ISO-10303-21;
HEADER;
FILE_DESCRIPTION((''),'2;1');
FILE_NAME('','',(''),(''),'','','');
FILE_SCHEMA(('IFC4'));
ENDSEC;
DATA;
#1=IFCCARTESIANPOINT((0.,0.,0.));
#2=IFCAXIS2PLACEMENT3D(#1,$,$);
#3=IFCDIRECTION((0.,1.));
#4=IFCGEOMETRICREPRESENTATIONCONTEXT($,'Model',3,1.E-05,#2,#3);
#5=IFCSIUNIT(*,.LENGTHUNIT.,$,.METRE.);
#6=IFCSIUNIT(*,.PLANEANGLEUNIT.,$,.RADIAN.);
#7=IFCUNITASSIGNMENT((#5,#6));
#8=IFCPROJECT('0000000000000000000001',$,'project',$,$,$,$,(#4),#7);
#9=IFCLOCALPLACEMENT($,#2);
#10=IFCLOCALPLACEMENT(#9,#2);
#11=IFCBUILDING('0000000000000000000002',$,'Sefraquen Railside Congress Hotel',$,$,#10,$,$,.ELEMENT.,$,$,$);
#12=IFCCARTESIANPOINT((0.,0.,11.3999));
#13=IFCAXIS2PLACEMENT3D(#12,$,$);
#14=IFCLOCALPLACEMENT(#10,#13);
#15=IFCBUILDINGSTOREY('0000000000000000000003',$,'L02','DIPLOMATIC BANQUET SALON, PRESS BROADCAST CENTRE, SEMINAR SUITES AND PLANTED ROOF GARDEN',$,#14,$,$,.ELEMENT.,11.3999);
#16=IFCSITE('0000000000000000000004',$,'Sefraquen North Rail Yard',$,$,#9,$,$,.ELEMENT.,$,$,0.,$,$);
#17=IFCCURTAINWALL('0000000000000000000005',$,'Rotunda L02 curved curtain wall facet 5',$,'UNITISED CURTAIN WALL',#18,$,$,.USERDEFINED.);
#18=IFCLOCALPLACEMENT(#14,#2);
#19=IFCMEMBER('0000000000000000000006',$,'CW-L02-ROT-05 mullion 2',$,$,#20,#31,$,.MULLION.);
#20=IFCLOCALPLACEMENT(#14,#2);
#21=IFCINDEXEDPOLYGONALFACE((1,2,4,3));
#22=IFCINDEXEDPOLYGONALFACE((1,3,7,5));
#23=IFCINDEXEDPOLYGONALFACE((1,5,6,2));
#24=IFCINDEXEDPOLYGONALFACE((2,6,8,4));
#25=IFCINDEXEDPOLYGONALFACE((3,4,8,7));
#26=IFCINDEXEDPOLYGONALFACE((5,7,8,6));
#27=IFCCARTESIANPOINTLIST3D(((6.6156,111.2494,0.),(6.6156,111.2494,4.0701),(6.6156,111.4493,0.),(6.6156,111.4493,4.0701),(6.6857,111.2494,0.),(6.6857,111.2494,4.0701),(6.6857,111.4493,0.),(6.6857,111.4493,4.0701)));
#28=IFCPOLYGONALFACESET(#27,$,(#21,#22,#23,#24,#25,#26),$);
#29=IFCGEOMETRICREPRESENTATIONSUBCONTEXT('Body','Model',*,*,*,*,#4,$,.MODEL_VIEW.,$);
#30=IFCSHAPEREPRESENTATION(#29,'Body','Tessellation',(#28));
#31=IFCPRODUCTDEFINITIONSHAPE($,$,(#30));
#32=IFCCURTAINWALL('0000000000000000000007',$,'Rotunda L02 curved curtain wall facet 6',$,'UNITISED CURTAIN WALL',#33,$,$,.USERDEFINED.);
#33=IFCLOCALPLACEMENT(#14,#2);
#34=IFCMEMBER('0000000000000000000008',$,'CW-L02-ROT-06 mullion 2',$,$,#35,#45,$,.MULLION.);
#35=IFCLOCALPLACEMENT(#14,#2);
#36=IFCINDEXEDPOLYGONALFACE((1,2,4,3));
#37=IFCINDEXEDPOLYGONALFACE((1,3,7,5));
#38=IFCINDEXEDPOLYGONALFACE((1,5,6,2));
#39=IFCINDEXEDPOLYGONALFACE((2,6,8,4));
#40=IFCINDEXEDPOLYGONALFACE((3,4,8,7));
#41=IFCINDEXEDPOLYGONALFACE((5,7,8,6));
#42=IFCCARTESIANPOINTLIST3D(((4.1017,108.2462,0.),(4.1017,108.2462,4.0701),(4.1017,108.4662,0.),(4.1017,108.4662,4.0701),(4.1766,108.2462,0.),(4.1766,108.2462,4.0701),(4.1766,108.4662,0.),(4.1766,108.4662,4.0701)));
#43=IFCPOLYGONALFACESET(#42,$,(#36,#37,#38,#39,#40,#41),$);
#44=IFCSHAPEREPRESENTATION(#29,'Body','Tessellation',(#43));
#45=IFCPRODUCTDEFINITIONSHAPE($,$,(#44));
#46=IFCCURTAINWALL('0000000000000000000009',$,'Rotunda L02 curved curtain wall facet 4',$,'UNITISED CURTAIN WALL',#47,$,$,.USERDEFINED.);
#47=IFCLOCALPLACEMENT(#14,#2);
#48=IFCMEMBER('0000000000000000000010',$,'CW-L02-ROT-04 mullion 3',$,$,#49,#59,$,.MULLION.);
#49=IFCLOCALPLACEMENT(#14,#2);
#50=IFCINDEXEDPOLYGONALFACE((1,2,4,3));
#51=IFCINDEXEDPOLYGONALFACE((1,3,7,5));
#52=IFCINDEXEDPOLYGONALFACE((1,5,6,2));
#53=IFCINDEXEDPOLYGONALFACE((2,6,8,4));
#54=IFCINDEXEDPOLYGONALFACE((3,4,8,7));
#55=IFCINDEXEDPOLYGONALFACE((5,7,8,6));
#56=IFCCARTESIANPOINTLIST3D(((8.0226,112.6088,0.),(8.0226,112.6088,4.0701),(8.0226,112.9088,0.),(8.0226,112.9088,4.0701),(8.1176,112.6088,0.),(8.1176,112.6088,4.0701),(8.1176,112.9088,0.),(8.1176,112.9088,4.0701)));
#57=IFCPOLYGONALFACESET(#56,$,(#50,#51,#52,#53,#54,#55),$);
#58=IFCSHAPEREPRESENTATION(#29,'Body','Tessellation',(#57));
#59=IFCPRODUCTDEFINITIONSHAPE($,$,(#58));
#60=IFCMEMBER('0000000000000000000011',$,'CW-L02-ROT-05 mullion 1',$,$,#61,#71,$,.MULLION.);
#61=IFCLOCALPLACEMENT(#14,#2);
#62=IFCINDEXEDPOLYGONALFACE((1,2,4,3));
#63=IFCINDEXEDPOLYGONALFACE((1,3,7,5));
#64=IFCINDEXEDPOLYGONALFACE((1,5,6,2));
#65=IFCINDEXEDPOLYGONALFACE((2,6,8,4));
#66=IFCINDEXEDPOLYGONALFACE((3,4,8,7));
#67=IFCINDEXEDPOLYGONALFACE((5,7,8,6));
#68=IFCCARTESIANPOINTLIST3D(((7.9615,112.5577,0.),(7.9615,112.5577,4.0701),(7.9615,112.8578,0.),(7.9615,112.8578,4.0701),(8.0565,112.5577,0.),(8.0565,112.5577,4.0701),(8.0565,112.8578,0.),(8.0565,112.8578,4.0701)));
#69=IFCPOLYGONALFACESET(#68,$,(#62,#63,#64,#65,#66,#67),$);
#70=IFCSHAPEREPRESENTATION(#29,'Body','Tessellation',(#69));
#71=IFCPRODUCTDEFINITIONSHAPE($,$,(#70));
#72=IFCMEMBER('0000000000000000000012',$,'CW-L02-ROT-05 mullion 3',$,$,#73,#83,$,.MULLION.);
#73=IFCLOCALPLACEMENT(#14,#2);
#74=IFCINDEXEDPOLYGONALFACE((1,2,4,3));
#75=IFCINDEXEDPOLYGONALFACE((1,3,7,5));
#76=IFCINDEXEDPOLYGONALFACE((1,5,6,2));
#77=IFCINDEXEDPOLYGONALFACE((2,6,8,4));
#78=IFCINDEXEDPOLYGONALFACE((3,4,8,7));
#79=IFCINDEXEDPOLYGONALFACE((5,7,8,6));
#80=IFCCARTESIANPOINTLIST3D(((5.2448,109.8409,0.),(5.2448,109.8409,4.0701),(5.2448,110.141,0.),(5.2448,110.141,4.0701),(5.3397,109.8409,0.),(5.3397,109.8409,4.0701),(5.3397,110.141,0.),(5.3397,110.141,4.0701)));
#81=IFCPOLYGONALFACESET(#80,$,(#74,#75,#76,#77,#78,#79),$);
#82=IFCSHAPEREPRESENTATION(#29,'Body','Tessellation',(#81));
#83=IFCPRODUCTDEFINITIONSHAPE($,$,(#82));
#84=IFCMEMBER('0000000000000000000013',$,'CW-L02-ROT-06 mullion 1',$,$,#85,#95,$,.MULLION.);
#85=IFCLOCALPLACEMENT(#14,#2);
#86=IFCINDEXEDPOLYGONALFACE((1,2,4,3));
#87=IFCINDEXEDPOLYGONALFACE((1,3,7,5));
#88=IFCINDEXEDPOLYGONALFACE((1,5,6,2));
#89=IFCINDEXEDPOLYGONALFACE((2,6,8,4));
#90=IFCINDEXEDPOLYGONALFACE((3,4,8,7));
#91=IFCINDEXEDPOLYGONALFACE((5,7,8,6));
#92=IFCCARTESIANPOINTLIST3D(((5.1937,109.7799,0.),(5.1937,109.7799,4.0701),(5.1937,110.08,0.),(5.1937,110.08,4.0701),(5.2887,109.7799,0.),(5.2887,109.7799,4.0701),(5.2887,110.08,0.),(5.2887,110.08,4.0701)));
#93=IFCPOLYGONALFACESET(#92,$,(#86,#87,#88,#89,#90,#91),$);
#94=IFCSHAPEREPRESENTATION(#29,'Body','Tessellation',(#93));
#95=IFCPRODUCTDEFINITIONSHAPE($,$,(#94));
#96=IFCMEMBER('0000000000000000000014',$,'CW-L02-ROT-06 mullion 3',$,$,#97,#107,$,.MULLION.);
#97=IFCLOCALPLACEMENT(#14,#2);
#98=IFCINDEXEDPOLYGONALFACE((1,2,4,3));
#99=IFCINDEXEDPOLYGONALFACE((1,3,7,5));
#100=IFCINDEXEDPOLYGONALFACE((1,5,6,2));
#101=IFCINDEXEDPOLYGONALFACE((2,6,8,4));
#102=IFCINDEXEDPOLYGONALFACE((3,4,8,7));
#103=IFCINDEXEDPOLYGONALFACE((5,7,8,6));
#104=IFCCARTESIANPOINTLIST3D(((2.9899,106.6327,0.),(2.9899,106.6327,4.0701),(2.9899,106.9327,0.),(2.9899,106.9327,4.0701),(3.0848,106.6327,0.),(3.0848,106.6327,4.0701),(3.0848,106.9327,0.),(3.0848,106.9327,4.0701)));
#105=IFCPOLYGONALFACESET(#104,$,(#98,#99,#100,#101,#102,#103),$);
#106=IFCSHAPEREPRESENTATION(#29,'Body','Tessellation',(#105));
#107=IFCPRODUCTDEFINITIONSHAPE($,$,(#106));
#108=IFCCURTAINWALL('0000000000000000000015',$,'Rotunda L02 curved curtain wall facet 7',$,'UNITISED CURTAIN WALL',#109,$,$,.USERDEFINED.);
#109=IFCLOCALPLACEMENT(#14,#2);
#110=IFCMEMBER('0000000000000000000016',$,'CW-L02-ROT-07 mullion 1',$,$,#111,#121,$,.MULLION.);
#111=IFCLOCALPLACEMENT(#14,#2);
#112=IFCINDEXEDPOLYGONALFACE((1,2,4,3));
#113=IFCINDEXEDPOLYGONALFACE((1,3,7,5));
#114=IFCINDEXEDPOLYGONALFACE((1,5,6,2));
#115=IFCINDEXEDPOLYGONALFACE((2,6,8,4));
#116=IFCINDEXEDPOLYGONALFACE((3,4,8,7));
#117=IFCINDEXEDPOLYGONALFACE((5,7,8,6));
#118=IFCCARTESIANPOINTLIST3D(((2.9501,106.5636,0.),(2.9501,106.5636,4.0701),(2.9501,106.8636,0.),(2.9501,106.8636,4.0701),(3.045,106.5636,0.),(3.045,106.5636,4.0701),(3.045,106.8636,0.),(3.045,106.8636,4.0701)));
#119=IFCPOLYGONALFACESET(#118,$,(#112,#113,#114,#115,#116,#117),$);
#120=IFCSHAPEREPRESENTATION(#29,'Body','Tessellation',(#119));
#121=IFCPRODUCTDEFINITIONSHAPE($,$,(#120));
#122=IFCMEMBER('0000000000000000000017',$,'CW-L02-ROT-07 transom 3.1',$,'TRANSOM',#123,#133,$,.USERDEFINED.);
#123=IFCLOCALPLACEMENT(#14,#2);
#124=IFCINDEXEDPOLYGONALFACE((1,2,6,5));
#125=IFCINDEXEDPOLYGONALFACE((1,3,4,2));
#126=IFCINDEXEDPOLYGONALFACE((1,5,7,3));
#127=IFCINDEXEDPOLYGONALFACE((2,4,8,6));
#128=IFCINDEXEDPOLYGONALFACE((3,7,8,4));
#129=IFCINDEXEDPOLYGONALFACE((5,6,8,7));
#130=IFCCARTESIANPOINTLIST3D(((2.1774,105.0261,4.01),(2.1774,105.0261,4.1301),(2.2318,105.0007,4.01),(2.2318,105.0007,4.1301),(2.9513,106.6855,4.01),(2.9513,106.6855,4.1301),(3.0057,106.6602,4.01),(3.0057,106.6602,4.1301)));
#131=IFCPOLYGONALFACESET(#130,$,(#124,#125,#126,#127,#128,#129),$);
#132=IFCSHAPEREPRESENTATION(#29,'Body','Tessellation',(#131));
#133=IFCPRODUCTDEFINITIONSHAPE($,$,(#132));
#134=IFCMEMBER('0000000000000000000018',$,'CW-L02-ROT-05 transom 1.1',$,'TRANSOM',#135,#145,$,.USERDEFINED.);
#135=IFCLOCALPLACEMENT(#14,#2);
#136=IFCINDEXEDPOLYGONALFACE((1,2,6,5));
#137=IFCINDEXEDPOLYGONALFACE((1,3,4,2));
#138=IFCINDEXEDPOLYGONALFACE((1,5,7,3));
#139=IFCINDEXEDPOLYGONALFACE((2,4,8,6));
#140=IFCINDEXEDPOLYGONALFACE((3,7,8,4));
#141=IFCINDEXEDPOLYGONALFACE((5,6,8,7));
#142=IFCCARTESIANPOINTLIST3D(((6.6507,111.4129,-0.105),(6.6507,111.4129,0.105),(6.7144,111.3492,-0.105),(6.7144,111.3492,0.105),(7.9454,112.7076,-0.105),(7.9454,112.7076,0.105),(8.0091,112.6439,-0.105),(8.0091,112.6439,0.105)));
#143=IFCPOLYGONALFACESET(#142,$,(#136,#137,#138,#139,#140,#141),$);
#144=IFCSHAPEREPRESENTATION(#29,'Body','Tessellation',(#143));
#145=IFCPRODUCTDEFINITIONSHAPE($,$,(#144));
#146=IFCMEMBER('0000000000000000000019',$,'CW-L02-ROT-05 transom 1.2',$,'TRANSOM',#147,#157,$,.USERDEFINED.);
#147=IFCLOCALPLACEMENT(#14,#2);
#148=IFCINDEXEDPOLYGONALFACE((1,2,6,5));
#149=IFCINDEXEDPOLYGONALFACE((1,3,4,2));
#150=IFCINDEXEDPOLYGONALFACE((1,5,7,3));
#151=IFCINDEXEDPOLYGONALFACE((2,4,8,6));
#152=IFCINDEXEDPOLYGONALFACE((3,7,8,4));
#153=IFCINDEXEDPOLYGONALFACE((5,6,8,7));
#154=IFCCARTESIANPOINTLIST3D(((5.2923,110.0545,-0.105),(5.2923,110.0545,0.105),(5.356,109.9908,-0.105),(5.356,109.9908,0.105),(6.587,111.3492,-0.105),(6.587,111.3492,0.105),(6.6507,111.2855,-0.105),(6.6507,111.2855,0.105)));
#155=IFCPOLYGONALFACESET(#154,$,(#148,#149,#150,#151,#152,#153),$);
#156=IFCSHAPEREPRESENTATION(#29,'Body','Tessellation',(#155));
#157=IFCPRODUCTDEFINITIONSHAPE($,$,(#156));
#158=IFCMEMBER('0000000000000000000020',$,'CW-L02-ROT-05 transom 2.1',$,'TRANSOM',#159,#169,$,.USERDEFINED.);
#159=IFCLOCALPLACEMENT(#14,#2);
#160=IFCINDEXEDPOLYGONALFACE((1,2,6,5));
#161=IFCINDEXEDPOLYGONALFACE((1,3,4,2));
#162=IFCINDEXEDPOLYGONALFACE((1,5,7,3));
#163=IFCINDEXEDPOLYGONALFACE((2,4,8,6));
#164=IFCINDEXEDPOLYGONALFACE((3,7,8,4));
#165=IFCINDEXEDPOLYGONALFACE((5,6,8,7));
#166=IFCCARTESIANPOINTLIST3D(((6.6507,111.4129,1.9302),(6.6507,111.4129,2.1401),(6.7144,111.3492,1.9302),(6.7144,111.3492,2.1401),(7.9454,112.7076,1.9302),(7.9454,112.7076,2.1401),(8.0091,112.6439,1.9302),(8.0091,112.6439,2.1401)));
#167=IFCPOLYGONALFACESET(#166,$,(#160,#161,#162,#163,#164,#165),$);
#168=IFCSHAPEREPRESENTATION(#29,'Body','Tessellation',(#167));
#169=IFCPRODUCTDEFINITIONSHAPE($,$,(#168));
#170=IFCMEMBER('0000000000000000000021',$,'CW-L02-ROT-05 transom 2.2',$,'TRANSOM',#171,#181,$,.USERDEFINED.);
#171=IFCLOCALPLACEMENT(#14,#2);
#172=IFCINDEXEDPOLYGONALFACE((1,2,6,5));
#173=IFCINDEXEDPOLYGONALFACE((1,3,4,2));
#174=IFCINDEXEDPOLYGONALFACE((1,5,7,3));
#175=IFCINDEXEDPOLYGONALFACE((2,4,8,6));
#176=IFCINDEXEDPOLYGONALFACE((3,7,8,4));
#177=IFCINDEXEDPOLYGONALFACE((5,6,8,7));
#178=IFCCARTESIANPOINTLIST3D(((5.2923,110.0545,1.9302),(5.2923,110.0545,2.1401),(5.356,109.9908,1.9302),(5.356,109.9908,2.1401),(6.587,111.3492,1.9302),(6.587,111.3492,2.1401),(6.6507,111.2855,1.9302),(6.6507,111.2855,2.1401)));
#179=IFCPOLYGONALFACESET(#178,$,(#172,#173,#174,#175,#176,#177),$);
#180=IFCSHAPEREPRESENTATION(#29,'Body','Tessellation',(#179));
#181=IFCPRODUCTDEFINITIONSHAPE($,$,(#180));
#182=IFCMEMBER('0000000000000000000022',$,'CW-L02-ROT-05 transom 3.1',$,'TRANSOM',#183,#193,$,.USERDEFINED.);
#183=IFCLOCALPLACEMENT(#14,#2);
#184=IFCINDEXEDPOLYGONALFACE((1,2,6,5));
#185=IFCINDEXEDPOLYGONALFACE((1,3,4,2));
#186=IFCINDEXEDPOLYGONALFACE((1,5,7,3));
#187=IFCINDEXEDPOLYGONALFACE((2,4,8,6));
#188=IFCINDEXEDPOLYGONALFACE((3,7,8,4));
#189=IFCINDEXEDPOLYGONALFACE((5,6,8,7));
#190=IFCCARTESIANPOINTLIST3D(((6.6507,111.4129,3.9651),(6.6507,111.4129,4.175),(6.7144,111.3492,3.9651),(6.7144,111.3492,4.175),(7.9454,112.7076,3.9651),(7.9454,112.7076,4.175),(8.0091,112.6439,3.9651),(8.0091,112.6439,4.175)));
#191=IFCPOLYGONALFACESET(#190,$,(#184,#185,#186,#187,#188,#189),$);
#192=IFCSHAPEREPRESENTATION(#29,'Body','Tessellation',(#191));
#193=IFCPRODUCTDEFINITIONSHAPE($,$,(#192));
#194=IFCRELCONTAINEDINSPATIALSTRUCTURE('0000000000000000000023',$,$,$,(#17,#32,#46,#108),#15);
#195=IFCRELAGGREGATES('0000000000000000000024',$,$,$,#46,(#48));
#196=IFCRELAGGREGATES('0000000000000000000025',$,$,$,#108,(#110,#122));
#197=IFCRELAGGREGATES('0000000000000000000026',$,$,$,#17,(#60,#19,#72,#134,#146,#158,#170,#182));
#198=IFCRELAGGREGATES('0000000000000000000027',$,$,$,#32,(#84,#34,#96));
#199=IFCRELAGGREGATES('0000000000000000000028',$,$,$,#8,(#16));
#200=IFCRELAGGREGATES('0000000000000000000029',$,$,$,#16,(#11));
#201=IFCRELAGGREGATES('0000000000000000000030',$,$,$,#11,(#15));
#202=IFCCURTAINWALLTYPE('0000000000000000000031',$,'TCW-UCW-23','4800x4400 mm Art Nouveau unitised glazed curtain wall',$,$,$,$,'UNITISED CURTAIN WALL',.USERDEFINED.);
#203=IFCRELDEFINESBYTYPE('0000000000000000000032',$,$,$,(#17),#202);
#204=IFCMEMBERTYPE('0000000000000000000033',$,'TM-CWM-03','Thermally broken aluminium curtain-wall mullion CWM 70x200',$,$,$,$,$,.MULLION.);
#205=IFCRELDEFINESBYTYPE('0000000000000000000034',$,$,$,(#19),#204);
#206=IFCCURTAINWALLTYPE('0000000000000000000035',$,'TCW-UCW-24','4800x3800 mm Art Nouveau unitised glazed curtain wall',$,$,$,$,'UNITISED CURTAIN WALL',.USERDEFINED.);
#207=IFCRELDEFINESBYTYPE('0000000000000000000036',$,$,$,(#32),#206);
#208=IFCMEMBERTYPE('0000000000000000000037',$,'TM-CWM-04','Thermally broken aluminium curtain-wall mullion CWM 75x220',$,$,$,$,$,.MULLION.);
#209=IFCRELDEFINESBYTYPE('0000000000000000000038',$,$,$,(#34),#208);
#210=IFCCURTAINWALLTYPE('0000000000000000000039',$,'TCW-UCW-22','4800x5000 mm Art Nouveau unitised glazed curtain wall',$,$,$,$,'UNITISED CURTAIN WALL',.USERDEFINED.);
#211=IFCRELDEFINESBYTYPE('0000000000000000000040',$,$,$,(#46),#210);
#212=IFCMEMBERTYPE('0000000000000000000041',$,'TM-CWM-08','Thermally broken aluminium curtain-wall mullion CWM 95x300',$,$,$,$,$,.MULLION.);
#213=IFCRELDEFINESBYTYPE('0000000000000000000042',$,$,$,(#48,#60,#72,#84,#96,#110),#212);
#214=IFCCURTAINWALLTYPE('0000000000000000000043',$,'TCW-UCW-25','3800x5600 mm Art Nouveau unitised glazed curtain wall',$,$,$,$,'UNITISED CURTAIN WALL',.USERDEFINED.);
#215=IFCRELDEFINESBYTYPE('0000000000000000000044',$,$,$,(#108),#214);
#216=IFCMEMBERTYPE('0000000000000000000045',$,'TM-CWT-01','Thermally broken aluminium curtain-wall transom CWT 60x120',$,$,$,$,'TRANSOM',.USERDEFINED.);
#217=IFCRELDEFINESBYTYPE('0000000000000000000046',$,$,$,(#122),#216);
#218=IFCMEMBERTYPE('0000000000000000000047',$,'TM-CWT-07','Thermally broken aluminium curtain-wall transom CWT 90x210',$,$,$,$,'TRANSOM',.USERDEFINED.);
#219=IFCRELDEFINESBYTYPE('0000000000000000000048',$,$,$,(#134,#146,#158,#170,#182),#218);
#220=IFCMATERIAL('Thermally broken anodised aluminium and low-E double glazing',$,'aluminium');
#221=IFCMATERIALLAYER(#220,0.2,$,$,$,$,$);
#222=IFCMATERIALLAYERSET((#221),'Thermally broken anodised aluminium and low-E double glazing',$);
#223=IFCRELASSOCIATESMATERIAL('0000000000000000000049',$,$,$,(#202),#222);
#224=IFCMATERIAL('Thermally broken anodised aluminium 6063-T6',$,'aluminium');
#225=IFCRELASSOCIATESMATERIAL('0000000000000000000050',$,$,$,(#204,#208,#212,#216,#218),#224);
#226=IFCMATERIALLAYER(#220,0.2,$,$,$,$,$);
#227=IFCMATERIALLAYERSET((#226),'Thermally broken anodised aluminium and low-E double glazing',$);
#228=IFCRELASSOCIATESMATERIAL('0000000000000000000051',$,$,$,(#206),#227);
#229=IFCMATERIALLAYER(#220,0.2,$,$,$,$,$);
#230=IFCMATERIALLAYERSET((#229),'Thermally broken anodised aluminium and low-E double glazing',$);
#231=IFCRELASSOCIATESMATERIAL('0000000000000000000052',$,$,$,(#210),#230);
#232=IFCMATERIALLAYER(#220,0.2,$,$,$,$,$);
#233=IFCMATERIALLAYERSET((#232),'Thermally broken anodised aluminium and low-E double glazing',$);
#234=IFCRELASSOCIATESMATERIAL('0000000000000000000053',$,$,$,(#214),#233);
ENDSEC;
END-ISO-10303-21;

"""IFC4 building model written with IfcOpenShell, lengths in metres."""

from ifc_helpers import new_model, si_unit, direction, frame, origin, origin_2d, place, context, subcontext, project, spatial, rectangle, extrude, material, layer, layer_set, material_profile, profile_set, type_object, element, aggregate, save


model = new_model("IFC4")

# Units and contexts
model_context = context("Model", 3, precision=1e-05, world=origin(), true_north=direction((0.0, 1.0)))
body_context = subcontext(model_context, "Body", "Model", "MODEL_VIEW")
ifc_project = project(units=[si_unit("LENGTHUNIT", "METRE"), si_unit("PLANEANGLEUNIT", "RADIAN")], contexts=[model_context])

# Site, building, storey
site_placement = place(None, origin())
site = spatial("IfcSite", under=ifc_project, at=site_placement, Name="Sefraquen North Rail Yard", CompositionType="ELEMENT", RefElevation=0.0)
building_placement = place(site_placement, origin())
building = spatial("IfcBuilding", under=site, at=building_placement, Name="Sefraquen Railside Congress Hotel", CompositionType="ELEMENT")
storey_placement = place(building_placement, frame((0.0, 0.0, 11.3999)))
storey = spatial("IfcBuildingStorey", under=building, at=storey_placement, Name="L02", Description="DIPLOMATIC BANQUET SALON, PRESS BROADCAST CENTRE, SEMINAR SUITES AND PLANTED ROOF GARDEN", CompositionType="ELEMENT", Elevation=11.3999)

# Curtain walls, members
ifc_material_1 = material(Name="Thermally broken anodised aluminium and low-E double glazing", Category="aluminium")
ifc_layer_1 = layer(ifc_material_1, 0.2)
ifc_layer_set_1 = layer_set([ifc_layer_1], Name="Thermally broken anodised aluminium and low-E double glazing")
curtain_wall_type_1 = type_object("IfcCurtainWallType", Name="TCW-UCW-23", Description="4800x4400 mm Art Nouveau unitised glazed curtain wall", ElementType="UNITISED CURTAIN WALL", PredefinedType="USERDEFINED", material=ifc_layer_set_1)
curtain_wall_1_placement = place(storey_placement, origin())
curtain_wall_1 = element("IfcCurtainWall", 1, at=curtain_wall_1_placement, inside=storey, type_object=curtain_wall_type_1, Name="Rotunda L02 curved curtain wall facet 5", ObjectType="UNITISED CURTAIN WALL", PredefinedType="USERDEFINED")
ifc_material_2 = material(Name="Thermally broken anodised aluminium 6063-T6", Category="aluminium")
ifc_material_profile_1 = material_profile(ifc_material_2, rectangle(XDim=0.0701, YDim=0.2, at=origin_2d()), Name="CWM 70x200")
ifc_profile_set_1 = profile_set([ifc_material_profile_1], Name="Thermally broken anodised aluminium 6063-T6")
member_type_1 = type_object("IfcMemberType", Name="TM-CWM-03", Description="Thermally broken aluminium curtain-wall mullion CWM 70x200", PredefinedType="MULLION", material=ifc_profile_set_1)
member_1_placement = place(storey_placement, frame((6.6506, 111.3494, 0.0), z_axis=(0.0, 0.0, 1.0), x_axis=(1.0, 0.0, 0.0)))
member_1 = element("IfcMember", 2, at=member_1_placement, type_object=member_type_1, Name="CW-L02-ROT-05 mullion 2", PredefinedType="MULLION", context=body_context, shape_type="SweptSolid", body=[
    extrude(rectangle(XDim=0.0701, YDim=0.2, at=origin_2d()), origin(), (0.0, 0.0, 1.0), 4.0701),
])
ifc_layer_2 = layer(ifc_material_1, 0.2)
ifc_layer_set_2 = layer_set([ifc_layer_2], Name="Thermally broken anodised aluminium and low-E double glazing")
curtain_wall_type_2 = type_object("IfcCurtainWallType", Name="TCW-UCW-24", Description="4800x3800 mm Art Nouveau unitised glazed curtain wall", ElementType="UNITISED CURTAIN WALL", PredefinedType="USERDEFINED", material=ifc_layer_set_2)
curtain_wall_2_placement = place(storey_placement, origin())
curtain_wall_2 = element("IfcCurtainWall", 3, at=curtain_wall_2_placement, inside=storey, type_object=curtain_wall_type_2, Name="Rotunda L02 curved curtain wall facet 6", ObjectType="UNITISED CURTAIN WALL", PredefinedType="USERDEFINED")
ifc_material_profile_2 = material_profile(ifc_material_2, rectangle(XDim=0.075, YDim=0.22, at=origin_2d()), Name="CWM 75x220")
ifc_profile_set_2 = profile_set([ifc_material_profile_2], Name="Thermally broken anodised aluminium 6063-T6")
member_type_2 = type_object("IfcMemberType", Name="TM-CWM-04", Description="Thermally broken aluminium curtain-wall mullion CWM 75x220", PredefinedType="MULLION", material=ifc_profile_set_2)
member_2_placement = place(storey_placement, frame((4.1392, 108.3562, 0.0), z_axis=(0.0, 0.0, 1.0), x_axis=(1.0, 0.0, 0.0)))
member_2 = element("IfcMember", 4, at=member_2_placement, type_object=member_type_2, Name="CW-L02-ROT-06 mullion 2", PredefinedType="MULLION", context=body_context, shape_type="SweptSolid", body=[
    extrude(rectangle(XDim=0.075, YDim=0.22, at=origin_2d()), origin(), (0.0, 0.0, 1.0), 4.0701),
])
ifc_layer_3 = layer(ifc_material_1, 0.2)
ifc_layer_set_3 = layer_set([ifc_layer_3], Name="Thermally broken anodised aluminium and low-E double glazing")
curtain_wall_type_3 = type_object("IfcCurtainWallType", Name="TCW-UCW-22", Description="4800x5000 mm Art Nouveau unitised glazed curtain wall", ElementType="UNITISED CURTAIN WALL", PredefinedType="USERDEFINED", material=ifc_layer_set_3)
curtain_wall_3_placement = place(storey_placement, origin())
curtain_wall_3 = element("IfcCurtainWall", 5, at=curtain_wall_3_placement, inside=storey, type_object=curtain_wall_type_3, Name="Rotunda L02 curved curtain wall facet 4", ObjectType="UNITISED CURTAIN WALL", PredefinedType="USERDEFINED")
ifc_material_profile_3 = material_profile(ifc_material_2, rectangle(XDim=0.095, YDim=0.3, at=origin_2d()), Name="CWM 95x300")
ifc_profile_set_3 = profile_set([ifc_material_profile_3], Name="Thermally broken anodised aluminium 6063-T6")
member_type_3 = type_object("IfcMemberType", Name="TM-CWM-08", Description="Thermally broken aluminium curtain-wall mullion CWM 95x300", PredefinedType="MULLION", material=ifc_profile_set_3)
member_3_placement = place(storey_placement, frame((8.0701, 112.7588, 0.0), z_axis=(0.0, 0.0, 1.0), x_axis=(1.0, 0.0, 0.0)))
member_3 = element("IfcMember", 6, at=member_3_placement, type_object=member_type_3, Name="CW-L02-ROT-04 mullion 3", PredefinedType="MULLION", context=body_context, shape_type="SweptSolid", body=[
    extrude(rectangle(XDim=0.095, YDim=0.3, at=origin_2d()), origin(), (0.0, 0.0, 1.0), 4.0701),
])
aggregate(curtain_wall_3, [member_3])

# Members
member_4_placement = place(storey_placement, frame((8.009, 112.7078, 0.0), z_axis=(0.0, 0.0, 1.0), x_axis=(1.0, 0.0, 0.0)))
member_4 = element("IfcMember", 7, at=member_4_placement, type_object=member_type_3, Name="CW-L02-ROT-05 mullion 1", PredefinedType="MULLION", context=body_context, shape_type="SweptSolid", body=[
    extrude(rectangle(XDim=0.095, YDim=0.3, at=origin_2d()), origin(), (0.0, 0.0, 1.0), 4.0701),
])
member_5_placement = place(storey_placement, frame((5.2922, 109.991, 0.0), z_axis=(0.0, 0.0, 1.0), x_axis=(1.0, 0.0, 0.0)))
member_5 = element("IfcMember", 8, at=member_5_placement, type_object=member_type_3, Name="CW-L02-ROT-05 mullion 3", PredefinedType="MULLION", context=body_context, shape_type="SweptSolid", body=[
    extrude(rectangle(XDim=0.095, YDim=0.3, at=origin_2d()), origin(), (0.0, 0.0, 1.0), 4.0701),
])
member_6_placement = place(storey_placement, frame((5.2412, 109.9299, 0.0), z_axis=(0.0, 0.0, 1.0), x_axis=(1.0, 0.0, 0.0)))
member_6 = element("IfcMember", 9, at=member_6_placement, type_object=member_type_3, Name="CW-L02-ROT-06 mullion 1", PredefinedType="MULLION", context=body_context, shape_type="SweptSolid", body=[
    extrude(rectangle(XDim=0.095, YDim=0.3, at=origin_2d()), origin(), (0.0, 0.0, 1.0), 4.0701),
])
member_7_placement = place(storey_placement, frame((3.0374, 106.7827, 0.0), z_axis=(0.0, 0.0, 1.0), x_axis=(1.0, 0.0, 0.0)))
member_7 = element("IfcMember", 10, at=member_7_placement, type_object=member_type_3, Name="CW-L02-ROT-06 mullion 3", PredefinedType="MULLION", context=body_context, shape_type="SweptSolid", body=[
    extrude(rectangle(XDim=0.095, YDim=0.3, at=origin_2d()), origin(), (0.0, 0.0, 1.0), 4.0701),
])

# Curtain wall, members
ifc_layer_4 = layer(ifc_material_1, 0.2)
ifc_layer_set_4 = layer_set([ifc_layer_4], Name="Thermally broken anodised aluminium and low-E double glazing")
curtain_wall_type_4 = type_object("IfcCurtainWallType", Name="TCW-UCW-25", Description="3800x5600 mm Art Nouveau unitised glazed curtain wall", ElementType="UNITISED CURTAIN WALL", PredefinedType="USERDEFINED", material=ifc_layer_set_4)
curtain_wall_4_placement = place(storey_placement, origin())
curtain_wall_4 = element("IfcCurtainWall", 11, at=curtain_wall_4_placement, inside=storey, type_object=curtain_wall_type_4, Name="Rotunda L02 curved curtain wall facet 7", ObjectType="UNITISED CURTAIN WALL", PredefinedType="USERDEFINED")
member_8_placement = place(storey_placement, frame((2.9976, 106.7136, 0.0), z_axis=(0.0, 0.0, 1.0), x_axis=(1.0, 0.0, 0.0)))
member_8 = element("IfcMember", 12, at=member_8_placement, type_object=member_type_3, Name="CW-L02-ROT-07 mullion 1", PredefinedType="MULLION", context=body_context, shape_type="SweptSolid", body=[
    extrude(rectangle(XDim=0.095, YDim=0.3, at=origin_2d()), origin(), (0.0, 0.0, 1.0), 4.0701),
])
ifc_material_profile_4 = material_profile(ifc_material_2, rectangle(XDim=0.0601, YDim=0.1201, at=origin_2d()), Name="CWT 60x120")
ifc_profile_set_4 = profile_set([ifc_material_profile_4], Name="Thermally broken anodised aluminium 6063-T6")
member_type_4 = type_object("IfcMemberType", Name="TM-CWT-01", Description="Thermally broken aluminium curtain-wall transom CWT 60x120", ElementType="TRANSOM", PredefinedType="USERDEFINED", material=ifc_profile_set_4)
member_9_placement = place(storey_placement, frame((2.9785, 106.6729, 4.0701), z_axis=(-0.422674, -0.906282, 0.0), x_axis=(0.906282, -0.422674, 0.0)))
member_9 = element("IfcMember", 13, at=member_9_placement, type_object=member_type_4, Name="CW-L02-ROT-07 transom 3.1", ObjectType="TRANSOM", PredefinedType="USERDEFINED", context=body_context, shape_type="SweptSolid", body=[
    extrude(rectangle(XDim=0.0601, YDim=0.1201, at=origin_2d()), origin(), (0.0, 0.0, 1.0), 1.8311),
])
aggregate(curtain_wall_4, [member_8, member_9])

# Members
ifc_material_profile_5 = material_profile(ifc_material_2, rectangle(XDim=0.0901, YDim=0.21, at=origin_2d()), Name="CWT 90x210")
ifc_profile_set_5 = profile_set([ifc_material_profile_5], Name="Thermally broken anodised aluminium 6063-T6")
member_type_5 = type_object("IfcMemberType", Name="TM-CWT-07", Description="Thermally broken aluminium curtain-wall transom CWT 90x210", ElementType="TRANSOM", PredefinedType="USERDEFINED", material=ifc_profile_set_5)
member_10_placement = place(storey_placement, frame((7.9773, 112.6758, 0.0), z_axis=(-0.707107, -0.707107, 0.0), x_axis=(0.707107, -0.707107, 0.0)))
member_10 = element("IfcMember", 14, at=member_10_placement, type_object=member_type_5, Name="CW-L02-ROT-05 transom 1.1", ObjectType="TRANSOM", PredefinedType="USERDEFINED", context=body_context, shape_type="SweptSolid", body=[
    extrude(rectangle(XDim=0.0901, YDim=0.21, at=origin_2d()), origin(), (0.0, 0.0, 1.0), 1.8311),
])
member_11_placement = place(storey_placement, frame((6.6189, 111.3174, 0.0), z_axis=(-0.707107, -0.707107, 0.0), x_axis=(0.707107, -0.707107, 0.0)))
member_11 = element("IfcMember", 15, at=member_11_placement, type_object=member_type_5, Name="CW-L02-ROT-05 transom 1.2", ObjectType="TRANSOM", PredefinedType="USERDEFINED", context=body_context, shape_type="SweptSolid", body=[
    extrude(rectangle(XDim=0.0901, YDim=0.21, at=origin_2d()), origin(), (0.0, 0.0, 1.0), 1.8311),
])
member_12_placement = place(storey_placement, frame((7.9773, 112.6758, 2.0352), z_axis=(-0.707107, -0.707107, 0.0), x_axis=(0.707107, -0.707107, 0.0)))
member_12 = element("IfcMember", 16, at=member_12_placement, type_object=member_type_5, Name="CW-L02-ROT-05 transom 2.1", ObjectType="TRANSOM", PredefinedType="USERDEFINED", context=body_context, shape_type="SweptSolid", body=[
    extrude(rectangle(XDim=0.0901, YDim=0.21, at=origin_2d()), origin(), (0.0, 0.0, 1.0), 1.8311),
])
member_13_placement = place(storey_placement, frame((6.6189, 111.3174, 2.0352), z_axis=(-0.707107, -0.707107, 0.0), x_axis=(0.707107, -0.707107, 0.0)))
member_13 = element("IfcMember", 17, at=member_13_placement, type_object=member_type_5, Name="CW-L02-ROT-05 transom 2.2", ObjectType="TRANSOM", PredefinedType="USERDEFINED", context=body_context, shape_type="SweptSolid", body=[
    extrude(rectangle(XDim=0.0901, YDim=0.21, at=origin_2d()), origin(), (0.0, 0.0, 1.0), 1.8311),
])
member_14_placement = place(storey_placement, frame((7.9773, 112.6758, 4.0701), z_axis=(-0.707107, -0.707107, 0.0), x_axis=(0.707107, -0.707107, 0.0)))
member_14 = element("IfcMember", 18, at=member_14_placement, type_object=member_type_5, Name="CW-L02-ROT-05 transom 3.1", ObjectType="TRANSOM", PredefinedType="USERDEFINED", context=body_context, shape_type="SweptSolid", body=[
    extrude(rectangle(XDim=0.0901, YDim=0.21, at=origin_2d()), origin(), (0.0, 0.0, 1.0), 1.8311),
])

aggregate(curtain_wall_1, [member_4, member_1, member_5, member_10, member_11, member_12, member_13, member_14])
aggregate(curtain_wall_2, [member_6, member_2, member_7])

save(model, "model.ifc")
